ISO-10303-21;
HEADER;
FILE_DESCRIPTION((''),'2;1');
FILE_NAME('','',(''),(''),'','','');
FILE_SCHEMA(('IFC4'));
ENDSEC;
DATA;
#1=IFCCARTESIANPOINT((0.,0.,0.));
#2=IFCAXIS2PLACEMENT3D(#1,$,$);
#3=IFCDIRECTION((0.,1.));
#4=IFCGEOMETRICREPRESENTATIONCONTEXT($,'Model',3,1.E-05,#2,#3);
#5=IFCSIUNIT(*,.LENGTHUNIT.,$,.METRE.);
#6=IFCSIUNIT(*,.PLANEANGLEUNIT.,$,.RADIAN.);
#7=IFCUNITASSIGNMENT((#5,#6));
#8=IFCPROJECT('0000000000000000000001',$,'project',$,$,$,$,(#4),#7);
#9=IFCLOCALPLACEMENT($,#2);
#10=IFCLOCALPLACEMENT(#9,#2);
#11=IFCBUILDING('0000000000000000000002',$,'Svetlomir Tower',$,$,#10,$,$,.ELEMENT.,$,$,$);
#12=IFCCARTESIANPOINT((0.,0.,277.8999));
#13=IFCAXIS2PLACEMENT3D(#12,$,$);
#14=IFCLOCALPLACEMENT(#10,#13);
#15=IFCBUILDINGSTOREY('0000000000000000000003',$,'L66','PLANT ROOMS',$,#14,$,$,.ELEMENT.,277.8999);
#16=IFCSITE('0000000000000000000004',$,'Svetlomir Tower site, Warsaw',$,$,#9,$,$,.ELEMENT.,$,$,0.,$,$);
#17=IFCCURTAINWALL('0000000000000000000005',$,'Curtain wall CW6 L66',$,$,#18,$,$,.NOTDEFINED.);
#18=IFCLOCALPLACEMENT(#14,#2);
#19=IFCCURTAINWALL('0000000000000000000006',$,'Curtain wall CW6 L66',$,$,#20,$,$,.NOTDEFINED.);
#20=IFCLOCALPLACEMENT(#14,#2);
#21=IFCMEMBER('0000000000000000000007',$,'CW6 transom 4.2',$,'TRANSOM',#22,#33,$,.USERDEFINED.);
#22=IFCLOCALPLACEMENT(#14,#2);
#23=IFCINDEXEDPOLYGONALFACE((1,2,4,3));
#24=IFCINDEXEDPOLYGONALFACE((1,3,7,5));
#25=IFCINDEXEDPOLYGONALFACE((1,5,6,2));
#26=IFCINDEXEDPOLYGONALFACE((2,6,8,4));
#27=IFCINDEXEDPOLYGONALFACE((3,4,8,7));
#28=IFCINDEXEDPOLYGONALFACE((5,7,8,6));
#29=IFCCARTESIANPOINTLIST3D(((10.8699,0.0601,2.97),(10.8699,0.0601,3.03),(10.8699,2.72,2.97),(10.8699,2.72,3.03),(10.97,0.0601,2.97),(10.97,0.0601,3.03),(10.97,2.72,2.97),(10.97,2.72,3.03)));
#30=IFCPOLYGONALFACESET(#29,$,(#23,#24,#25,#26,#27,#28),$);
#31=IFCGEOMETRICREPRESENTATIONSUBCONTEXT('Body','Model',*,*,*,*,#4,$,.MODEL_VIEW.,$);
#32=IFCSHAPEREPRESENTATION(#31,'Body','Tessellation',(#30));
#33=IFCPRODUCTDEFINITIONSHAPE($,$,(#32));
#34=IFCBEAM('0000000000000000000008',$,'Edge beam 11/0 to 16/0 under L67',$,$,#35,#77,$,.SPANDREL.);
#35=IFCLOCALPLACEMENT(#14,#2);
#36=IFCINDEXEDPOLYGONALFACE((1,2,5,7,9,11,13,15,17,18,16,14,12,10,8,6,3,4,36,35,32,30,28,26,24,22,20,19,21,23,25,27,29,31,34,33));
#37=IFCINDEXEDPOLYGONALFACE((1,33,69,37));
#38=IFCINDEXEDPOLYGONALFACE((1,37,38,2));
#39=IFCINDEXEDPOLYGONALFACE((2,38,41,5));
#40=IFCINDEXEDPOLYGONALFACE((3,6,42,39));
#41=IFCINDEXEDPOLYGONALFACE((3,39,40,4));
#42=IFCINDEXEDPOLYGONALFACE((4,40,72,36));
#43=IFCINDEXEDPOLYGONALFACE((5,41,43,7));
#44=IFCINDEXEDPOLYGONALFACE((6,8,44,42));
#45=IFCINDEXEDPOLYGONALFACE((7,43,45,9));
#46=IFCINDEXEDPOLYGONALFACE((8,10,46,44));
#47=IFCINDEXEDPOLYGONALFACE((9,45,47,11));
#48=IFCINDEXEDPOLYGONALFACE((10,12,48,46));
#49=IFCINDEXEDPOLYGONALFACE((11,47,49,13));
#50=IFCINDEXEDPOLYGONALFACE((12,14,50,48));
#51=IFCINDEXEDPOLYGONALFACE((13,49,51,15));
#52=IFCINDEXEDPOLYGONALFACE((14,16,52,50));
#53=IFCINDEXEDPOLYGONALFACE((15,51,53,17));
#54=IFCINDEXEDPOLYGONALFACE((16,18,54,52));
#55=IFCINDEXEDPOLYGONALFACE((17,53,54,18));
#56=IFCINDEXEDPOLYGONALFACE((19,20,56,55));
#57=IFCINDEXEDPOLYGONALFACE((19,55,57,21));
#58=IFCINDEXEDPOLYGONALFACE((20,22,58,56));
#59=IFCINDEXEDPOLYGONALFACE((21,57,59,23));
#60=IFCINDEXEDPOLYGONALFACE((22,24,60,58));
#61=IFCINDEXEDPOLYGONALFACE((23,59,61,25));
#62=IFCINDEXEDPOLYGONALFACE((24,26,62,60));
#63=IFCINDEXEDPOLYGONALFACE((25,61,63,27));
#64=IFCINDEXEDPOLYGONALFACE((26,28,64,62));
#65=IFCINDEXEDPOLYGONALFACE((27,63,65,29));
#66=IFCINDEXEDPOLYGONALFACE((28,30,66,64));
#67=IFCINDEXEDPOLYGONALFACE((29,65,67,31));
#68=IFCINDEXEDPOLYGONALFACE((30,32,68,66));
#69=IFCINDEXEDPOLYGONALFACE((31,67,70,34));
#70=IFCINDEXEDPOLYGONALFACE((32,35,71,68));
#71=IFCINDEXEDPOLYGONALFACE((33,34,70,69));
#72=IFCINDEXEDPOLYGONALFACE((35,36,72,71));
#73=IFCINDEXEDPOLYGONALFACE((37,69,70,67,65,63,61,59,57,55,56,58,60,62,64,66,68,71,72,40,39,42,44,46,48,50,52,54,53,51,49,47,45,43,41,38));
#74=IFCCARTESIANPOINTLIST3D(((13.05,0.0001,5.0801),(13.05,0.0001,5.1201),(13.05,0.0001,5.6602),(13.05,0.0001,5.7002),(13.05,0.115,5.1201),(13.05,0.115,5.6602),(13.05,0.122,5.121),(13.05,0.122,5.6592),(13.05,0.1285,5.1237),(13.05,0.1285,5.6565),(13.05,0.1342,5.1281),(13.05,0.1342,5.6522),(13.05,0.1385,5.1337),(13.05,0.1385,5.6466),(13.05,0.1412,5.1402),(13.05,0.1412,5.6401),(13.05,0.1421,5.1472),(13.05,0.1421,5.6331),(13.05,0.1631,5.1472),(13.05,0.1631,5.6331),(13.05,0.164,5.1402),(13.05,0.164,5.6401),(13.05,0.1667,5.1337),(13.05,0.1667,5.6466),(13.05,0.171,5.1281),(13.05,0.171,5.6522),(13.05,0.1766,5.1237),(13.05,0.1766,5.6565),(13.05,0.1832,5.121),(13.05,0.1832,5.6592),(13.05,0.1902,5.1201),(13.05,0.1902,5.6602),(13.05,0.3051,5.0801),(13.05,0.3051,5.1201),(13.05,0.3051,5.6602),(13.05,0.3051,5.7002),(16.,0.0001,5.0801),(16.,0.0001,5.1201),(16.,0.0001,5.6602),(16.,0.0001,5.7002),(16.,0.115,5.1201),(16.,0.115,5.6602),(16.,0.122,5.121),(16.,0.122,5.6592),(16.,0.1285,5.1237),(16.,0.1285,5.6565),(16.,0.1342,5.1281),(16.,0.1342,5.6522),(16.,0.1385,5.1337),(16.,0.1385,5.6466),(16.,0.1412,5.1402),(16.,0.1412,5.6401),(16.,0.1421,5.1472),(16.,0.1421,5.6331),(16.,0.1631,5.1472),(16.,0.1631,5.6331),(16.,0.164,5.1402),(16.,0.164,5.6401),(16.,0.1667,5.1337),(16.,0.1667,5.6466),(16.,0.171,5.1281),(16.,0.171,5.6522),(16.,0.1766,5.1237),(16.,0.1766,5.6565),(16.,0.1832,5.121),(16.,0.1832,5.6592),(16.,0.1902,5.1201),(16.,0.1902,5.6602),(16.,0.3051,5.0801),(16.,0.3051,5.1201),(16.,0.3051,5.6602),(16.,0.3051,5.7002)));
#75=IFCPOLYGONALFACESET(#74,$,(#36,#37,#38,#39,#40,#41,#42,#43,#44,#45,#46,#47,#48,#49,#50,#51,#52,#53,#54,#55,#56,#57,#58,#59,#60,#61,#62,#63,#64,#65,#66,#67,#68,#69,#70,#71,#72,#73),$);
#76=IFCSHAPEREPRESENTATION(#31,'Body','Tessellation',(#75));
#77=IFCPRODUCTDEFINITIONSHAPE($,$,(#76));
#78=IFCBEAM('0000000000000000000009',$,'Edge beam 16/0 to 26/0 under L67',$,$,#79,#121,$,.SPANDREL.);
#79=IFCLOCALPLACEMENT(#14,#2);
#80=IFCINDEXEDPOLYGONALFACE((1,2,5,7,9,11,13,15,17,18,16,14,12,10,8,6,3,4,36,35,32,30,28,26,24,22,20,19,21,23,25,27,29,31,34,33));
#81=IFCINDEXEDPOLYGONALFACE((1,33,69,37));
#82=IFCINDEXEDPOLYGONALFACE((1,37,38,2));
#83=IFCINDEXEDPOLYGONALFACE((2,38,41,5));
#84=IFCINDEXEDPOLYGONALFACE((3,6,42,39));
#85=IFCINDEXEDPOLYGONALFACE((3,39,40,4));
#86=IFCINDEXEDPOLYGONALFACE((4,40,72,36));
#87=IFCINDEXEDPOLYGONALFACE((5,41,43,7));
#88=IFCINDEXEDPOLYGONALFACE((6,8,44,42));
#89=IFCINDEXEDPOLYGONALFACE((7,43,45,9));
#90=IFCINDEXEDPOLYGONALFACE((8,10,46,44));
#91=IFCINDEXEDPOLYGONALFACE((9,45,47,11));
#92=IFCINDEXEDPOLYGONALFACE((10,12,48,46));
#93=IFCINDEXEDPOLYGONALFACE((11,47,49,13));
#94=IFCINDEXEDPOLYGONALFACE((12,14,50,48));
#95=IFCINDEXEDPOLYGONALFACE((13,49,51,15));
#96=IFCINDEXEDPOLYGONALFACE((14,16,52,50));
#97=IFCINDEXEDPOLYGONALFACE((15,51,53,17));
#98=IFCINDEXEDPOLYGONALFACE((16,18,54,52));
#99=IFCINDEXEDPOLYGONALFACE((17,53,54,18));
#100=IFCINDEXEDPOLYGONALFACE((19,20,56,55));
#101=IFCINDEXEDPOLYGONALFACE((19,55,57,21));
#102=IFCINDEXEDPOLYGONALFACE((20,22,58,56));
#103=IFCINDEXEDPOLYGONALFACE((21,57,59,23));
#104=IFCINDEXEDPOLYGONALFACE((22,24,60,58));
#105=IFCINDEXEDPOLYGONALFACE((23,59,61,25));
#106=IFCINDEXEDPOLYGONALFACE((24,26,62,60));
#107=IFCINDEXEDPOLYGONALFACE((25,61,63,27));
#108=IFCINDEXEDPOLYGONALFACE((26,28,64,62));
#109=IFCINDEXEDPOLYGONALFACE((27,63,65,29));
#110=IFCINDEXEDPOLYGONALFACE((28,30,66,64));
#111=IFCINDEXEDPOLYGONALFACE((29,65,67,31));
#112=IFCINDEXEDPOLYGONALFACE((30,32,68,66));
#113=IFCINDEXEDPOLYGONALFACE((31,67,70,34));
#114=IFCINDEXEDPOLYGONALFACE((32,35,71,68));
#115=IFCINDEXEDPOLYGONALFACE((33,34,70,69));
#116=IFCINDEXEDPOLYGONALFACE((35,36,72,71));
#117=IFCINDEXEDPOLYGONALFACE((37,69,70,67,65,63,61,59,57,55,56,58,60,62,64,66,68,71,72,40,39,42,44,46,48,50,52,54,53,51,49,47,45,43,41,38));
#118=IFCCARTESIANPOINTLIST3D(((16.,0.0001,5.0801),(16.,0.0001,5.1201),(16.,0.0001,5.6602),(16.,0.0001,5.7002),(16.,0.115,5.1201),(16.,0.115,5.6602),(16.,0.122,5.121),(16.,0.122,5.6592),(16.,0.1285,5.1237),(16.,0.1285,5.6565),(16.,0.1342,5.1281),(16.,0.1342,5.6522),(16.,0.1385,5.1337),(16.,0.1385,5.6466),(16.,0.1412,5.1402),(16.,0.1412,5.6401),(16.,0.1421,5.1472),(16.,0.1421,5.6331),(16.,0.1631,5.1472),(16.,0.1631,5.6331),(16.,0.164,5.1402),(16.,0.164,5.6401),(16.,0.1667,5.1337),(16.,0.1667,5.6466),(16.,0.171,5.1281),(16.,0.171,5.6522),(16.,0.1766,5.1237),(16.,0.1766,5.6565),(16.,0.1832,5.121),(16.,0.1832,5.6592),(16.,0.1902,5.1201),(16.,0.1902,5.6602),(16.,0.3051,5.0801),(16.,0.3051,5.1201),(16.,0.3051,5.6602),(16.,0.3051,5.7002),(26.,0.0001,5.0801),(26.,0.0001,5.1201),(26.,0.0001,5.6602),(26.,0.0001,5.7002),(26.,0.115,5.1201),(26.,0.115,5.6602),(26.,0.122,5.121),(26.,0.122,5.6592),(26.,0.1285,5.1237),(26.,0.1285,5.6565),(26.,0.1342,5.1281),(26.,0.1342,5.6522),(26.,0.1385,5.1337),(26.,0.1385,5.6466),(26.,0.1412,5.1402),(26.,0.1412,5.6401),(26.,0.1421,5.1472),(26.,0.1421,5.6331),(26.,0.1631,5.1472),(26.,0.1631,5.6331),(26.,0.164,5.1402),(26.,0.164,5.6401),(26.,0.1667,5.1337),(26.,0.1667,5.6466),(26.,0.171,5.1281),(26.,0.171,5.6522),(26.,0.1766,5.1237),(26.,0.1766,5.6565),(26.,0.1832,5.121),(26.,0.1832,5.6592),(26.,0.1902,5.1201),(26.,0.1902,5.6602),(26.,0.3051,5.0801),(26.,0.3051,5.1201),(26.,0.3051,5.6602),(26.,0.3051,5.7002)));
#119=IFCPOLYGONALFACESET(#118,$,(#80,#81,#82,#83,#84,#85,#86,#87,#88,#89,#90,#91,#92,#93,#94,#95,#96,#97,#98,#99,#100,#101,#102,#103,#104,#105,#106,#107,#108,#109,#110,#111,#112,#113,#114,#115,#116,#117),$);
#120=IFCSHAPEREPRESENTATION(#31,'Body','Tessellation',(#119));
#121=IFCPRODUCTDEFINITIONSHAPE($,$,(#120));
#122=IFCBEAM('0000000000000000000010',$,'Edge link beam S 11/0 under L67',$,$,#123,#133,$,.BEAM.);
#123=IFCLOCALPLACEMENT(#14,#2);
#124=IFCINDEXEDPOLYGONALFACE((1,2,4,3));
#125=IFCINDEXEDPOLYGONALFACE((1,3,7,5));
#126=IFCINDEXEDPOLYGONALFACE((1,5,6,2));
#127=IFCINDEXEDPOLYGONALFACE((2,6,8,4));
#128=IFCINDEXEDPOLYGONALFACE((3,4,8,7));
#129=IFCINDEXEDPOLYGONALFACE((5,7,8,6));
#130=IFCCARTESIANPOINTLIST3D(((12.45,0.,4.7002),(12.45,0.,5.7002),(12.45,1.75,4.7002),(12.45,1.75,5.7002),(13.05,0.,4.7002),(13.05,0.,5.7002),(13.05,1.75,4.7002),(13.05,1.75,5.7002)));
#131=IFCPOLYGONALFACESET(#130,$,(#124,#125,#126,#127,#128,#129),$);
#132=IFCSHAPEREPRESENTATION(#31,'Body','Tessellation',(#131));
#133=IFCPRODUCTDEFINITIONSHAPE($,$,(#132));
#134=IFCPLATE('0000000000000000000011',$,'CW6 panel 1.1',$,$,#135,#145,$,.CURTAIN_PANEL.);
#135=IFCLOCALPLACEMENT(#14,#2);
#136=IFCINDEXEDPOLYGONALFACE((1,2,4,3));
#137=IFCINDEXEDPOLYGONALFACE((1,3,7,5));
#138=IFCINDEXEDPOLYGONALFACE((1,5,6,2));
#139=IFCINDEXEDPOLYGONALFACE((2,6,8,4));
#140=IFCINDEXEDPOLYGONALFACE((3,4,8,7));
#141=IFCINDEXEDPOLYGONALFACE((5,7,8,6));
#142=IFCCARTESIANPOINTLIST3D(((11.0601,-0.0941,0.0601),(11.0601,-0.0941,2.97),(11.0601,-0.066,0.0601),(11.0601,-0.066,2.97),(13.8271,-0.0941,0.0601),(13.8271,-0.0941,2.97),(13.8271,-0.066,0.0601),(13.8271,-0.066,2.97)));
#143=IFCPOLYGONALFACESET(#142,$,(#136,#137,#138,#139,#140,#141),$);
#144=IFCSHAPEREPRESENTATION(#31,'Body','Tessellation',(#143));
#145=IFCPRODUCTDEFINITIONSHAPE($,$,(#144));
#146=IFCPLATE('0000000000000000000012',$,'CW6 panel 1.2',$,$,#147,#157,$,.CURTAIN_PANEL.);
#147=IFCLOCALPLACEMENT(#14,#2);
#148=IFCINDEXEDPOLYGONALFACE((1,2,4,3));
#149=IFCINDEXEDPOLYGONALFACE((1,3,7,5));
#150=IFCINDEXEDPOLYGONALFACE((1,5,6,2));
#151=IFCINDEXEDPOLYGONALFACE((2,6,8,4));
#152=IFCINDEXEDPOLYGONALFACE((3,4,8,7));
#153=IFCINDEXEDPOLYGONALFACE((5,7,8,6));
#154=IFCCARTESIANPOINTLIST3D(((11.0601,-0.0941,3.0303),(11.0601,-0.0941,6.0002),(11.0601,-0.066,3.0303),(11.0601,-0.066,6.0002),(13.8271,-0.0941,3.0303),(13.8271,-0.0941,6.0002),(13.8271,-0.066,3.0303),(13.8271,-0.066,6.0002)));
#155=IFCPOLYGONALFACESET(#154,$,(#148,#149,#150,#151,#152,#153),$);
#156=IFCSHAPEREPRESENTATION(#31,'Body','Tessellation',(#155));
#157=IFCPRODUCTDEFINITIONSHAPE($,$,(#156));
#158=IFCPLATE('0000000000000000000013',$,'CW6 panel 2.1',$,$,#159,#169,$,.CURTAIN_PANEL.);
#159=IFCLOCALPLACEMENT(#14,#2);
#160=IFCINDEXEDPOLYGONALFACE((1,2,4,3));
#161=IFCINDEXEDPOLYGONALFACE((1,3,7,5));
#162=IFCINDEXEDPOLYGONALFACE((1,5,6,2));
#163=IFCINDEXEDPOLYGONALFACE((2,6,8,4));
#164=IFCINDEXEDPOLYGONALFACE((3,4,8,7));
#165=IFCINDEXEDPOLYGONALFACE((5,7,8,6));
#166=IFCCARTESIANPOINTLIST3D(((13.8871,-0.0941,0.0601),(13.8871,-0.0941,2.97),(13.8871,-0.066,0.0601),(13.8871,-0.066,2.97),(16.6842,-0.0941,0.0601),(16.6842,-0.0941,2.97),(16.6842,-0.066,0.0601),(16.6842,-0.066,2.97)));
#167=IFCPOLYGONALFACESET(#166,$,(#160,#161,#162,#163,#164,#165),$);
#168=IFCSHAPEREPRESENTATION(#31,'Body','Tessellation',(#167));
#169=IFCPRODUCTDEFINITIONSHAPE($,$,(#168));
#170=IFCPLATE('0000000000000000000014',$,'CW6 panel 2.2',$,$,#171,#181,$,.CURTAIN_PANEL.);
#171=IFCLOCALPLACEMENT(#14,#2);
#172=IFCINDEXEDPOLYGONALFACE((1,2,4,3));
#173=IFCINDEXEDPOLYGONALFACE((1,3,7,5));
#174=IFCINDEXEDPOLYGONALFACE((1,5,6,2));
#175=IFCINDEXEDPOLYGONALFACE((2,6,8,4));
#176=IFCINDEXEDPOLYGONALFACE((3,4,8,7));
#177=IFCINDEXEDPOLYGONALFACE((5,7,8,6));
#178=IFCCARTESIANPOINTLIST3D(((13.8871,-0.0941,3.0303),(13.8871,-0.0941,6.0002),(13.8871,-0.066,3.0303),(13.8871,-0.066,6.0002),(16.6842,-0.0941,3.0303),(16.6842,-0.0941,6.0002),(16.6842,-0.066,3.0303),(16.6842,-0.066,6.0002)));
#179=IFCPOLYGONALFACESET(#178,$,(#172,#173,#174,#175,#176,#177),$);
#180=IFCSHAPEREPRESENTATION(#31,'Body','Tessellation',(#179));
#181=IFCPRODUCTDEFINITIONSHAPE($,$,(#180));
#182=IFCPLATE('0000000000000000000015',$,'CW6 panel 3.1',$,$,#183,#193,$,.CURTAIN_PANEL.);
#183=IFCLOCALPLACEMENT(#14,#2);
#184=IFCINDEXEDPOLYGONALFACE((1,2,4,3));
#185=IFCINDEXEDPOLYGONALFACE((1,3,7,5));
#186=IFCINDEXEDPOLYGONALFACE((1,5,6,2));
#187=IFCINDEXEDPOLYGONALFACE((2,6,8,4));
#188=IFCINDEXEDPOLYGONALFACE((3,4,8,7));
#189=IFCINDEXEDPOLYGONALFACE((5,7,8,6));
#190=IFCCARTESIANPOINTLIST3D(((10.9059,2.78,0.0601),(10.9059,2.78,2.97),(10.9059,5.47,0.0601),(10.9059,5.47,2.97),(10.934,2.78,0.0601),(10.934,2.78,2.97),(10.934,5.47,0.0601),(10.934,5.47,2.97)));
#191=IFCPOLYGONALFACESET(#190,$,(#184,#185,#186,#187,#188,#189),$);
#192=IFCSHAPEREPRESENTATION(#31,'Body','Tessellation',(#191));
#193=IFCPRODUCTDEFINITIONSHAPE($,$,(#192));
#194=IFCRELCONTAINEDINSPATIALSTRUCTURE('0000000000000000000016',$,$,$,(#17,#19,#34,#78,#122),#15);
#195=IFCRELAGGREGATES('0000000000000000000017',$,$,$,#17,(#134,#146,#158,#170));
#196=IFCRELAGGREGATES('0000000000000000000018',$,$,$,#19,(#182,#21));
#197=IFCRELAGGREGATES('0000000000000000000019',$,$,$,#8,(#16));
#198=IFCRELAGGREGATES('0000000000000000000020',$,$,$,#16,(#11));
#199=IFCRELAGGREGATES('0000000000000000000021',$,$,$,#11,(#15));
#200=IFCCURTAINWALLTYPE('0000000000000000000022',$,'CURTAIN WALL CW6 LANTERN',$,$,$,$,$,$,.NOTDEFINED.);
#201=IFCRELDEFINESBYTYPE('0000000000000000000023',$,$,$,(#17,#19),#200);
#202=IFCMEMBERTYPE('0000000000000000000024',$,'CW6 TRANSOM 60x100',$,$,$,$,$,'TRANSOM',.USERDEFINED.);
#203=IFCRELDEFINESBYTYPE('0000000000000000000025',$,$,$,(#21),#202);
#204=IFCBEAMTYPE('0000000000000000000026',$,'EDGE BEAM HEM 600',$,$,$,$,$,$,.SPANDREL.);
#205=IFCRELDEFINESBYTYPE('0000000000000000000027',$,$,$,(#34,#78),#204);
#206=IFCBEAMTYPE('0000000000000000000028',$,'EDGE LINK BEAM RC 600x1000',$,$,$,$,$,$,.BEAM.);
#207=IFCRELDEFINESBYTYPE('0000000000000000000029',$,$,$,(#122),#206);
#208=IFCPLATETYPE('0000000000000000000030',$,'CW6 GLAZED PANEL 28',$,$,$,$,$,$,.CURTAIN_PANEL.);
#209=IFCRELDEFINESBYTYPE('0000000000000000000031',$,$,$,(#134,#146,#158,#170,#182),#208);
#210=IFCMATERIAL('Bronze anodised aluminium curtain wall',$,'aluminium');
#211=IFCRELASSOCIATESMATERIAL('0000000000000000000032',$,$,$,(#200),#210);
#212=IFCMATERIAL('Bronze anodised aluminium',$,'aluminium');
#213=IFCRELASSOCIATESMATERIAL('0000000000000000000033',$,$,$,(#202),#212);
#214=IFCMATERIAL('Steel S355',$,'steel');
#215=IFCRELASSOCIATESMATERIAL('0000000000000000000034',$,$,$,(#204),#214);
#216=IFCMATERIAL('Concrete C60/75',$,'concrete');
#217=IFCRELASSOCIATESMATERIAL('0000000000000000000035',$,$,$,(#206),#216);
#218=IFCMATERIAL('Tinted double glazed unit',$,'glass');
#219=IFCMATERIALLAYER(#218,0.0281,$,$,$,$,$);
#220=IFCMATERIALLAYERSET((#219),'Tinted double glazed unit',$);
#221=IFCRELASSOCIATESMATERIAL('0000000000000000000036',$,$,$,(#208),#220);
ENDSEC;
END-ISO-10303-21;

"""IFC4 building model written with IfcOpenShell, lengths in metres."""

from ifc_helpers import new_model, si_unit, direction, frame, origin, origin_2d, place, context, subcontext, project, spatial, rectangle, i_section, extrude, material, layer, layer_set, material_profile, profile_set, type_object, element, aggregate, save


model = new_model("IFC4")

# Units and contexts
model_context = context("Model", 3, precision=1e-05, world=origin(), true_north=direction((0.0, 1.0)))
body_context = subcontext(model_context, "Body", "Model", "MODEL_VIEW")
ifc_project = project(units=[si_unit("LENGTHUNIT", "METRE"), si_unit("PLANEANGLEUNIT", "RADIAN")], contexts=[model_context])

# Site, building, storey
site_placement = place(None, origin())
site = spatial("IfcSite", under=ifc_project, at=site_placement, Name="Svetlomir Tower site, Warsaw", CompositionType="ELEMENT", RefElevation=0.0)
building_placement = place(site_placement, origin())
building = spatial("IfcBuilding", under=site, at=building_placement, Name="Svetlomir Tower", CompositionType="ELEMENT")
storey_placement = place(building_placement, frame((0.0, 0.0, 277.8999)))
storey = spatial("IfcBuildingStorey", under=building, at=storey_placement, Name="L66", Description="PLANT ROOMS", CompositionType="ELEMENT", Elevation=277.8999)

# Curtain walls
ifc_material_1 = material(Name="Bronze anodised aluminium curtain wall", Category="aluminium")
curtain_wall_type = type_object("IfcCurtainWallType", Name="CURTAIN WALL CW6 LANTERN", PredefinedType="NOTDEFINED", material=ifc_material_1)
curtain_wall_1_placement = place(storey_placement, origin())
curtain_wall_1 = element("IfcCurtainWall", 1, at=curtain_wall_1_placement, inside=storey, type_object=curtain_wall_type, Name="Curtain wall CW6 L66", PredefinedType="NOTDEFINED")
curtain_wall_2_placement = place(storey_placement, origin())
curtain_wall_2 = element("IfcCurtainWall", 2, at=curtain_wall_2_placement, inside=storey, type_object=curtain_wall_type, Name="Curtain wall CW6 L66", PredefinedType="NOTDEFINED")

# Member
ifc_material_2 = material(Name="Bronze anodised aluminium", Category="aluminium")
ifc_material_profile_1 = material_profile(ifc_material_2, rectangle(XDim=0.1001, YDim=0.0601, at=origin_2d()), Name="AL 100x60")
ifc_profile_set_1 = profile_set([ifc_material_profile_1], Name="Bronze anodised aluminium 6063-T6")
member_type_1 = type_object("IfcMemberType", Name="CW6 TRANSOM 60x100", ElementType="TRANSOM", PredefinedType="USERDEFINED", material=ifc_profile_set_1)
member_1_placement = place(storey_placement, frame((10.9199, 2.72, 3.0), z_axis=(0.0, -1.0, 0.0), x_axis=(1.0, 0.0, 0.0)))
member_1 = element("IfcMember", 3, at=member_1_placement, type_object=member_type_1, Name="CW6 transom 4.2", ObjectType="TRANSOM", PredefinedType="USERDEFINED", context=body_context, shape_type="SweptSolid", body=[
    extrude(rectangle(XDim=0.1001, YDim=0.0601, at=origin_2d()), origin(), (0.0, 0.0, 1.0), 2.6599),
])

# Beams
ifc_material_3 = material(Name="Steel S355", Category="steel")
ifc_material_profile_2 = material_profile(ifc_material_3, i_section(OverallWidth=0.3049, OverallDepth=0.6201, WebThickness=0.021, FlangeThickness=0.04, FilletRadius=0.0271, at=origin_2d()), Name="HEM 600")
ifc_profile_set_2 = profile_set([ifc_material_profile_2], Name="Steel S355")
beam_type_1 = type_object("IfcBeamType", Name="EDGE BEAM HEM 600", PredefinedType="SPANDREL", material=ifc_profile_set_2)
beam_1_placement = place(storey_placement, frame((13.05, 0.1526, 5.3901), z_axis=(1.0, 0.0, 0.0), x_axis=(0.0, 1.0, 0.0)))
element("IfcBeam", 4, at=beam_1_placement, inside=storey, type_object=beam_type_1, Name="Edge beam 11/0 to 16/0 under L67", PredefinedType="SPANDREL", context=body_context, shape_type="SweptSolid", body=[
    extrude(i_section(OverallWidth=0.3049, OverallDepth=0.6201, WebThickness=0.021, FlangeThickness=0.04, FilletRadius=0.0271, at=origin_2d()), origin(), (0.0, 0.0, 1.0), 2.95),
])
beam_2_placement = place(storey_placement, frame((16.0, 0.1526, 5.3901), z_axis=(1.0, 0.0, 0.0), x_axis=(0.0, 1.0, 0.0)))
element("IfcBeam", 5, at=beam_2_placement, inside=storey, type_object=beam_type_1, Name="Edge beam 16/0 to 26/0 under L67", PredefinedType="SPANDREL", context=body_context, shape_type="SweptSolid", body=[
    extrude(i_section(OverallWidth=0.3049, OverallDepth=0.6201, WebThickness=0.021, FlangeThickness=0.04, FilletRadius=0.0271, at=origin_2d()), origin(), (0.0, 0.0, 1.0), 10.0),
])
ifc_material_4 = material(Name="Concrete C60/75", Category="concrete")
ifc_material_profile_3 = material_profile(ifc_material_4, rectangle(XDim=0.6001, YDim=1.0, at=origin_2d()), Name="RC 600x1000")
ifc_profile_set_3 = profile_set([ifc_material_profile_3], Name="Concrete C60/75")
beam_type_2 = type_object("IfcBeamType", Name="EDGE LINK BEAM RC 600x1000", PredefinedType="BEAM", material=ifc_profile_set_3)
beam_3_placement = place(storey_placement, frame((12.75, 1.75, 5.2002), z_axis=(0.0, -1.0, 0.0), x_axis=(1.0, 0.0, 0.0)))
element("IfcBeam", 6, at=beam_3_placement, inside=storey, type_object=beam_type_2, Name="Edge link beam S 11/0 under L67", PredefinedType="BEAM", context=body_context, shape_type="SweptSolid", body=[
    extrude(rectangle(XDim=0.6001, YDim=1.0, at=origin_2d()), origin(), (0.0, 0.0, 1.0), 1.75),
])

# Plates
ifc_material_5 = material(Name="Tinted double glazed unit", Category="glass")
ifc_layer = layer(ifc_material_5, 0.0281)
ifc_layer_set = layer_set([ifc_layer], Name="Tinted double glazed unit")
plate_type = type_object("IfcPlateType", Name="CW6 GLAZED PANEL 28", PredefinedType="CURTAIN_PANEL", material=ifc_layer_set)
plate_1_placement = place(storey_placement, frame((12.4436, -0.0801, 0.0601), z_axis=(0.0, 0.0, 1.0), x_axis=(1.0, 0.0, 0.0)))
plate_1 = element("IfcPlate", 7, at=plate_1_placement, type_object=plate_type, Name="CW6 panel 1.1", PredefinedType="CURTAIN_PANEL", context=body_context, shape_type="SweptSolid", body=[
    extrude(rectangle(XDim=2.7671, YDim=0.0281, at=origin_2d()), origin(), (0.0, 0.0, 1.0), 2.9099),
])
plate_2_placement = place(storey_placement, frame((12.4436, -0.0801, 3.0303), z_axis=(0.0, 0.0, 1.0), x_axis=(1.0, 0.0, 0.0)))
plate_2 = element("IfcPlate", 8, at=plate_2_placement, type_object=plate_type, Name="CW6 panel 1.2", PredefinedType="CURTAIN_PANEL", context=body_context, shape_type="SweptSolid", body=[
    extrude(rectangle(XDim=2.7671, YDim=0.0281, at=origin_2d()), origin(), (0.0, 0.0, 1.0), 2.97),
])
plate_3_placement = place(storey_placement, frame((15.2856, -0.0801, 0.0601), z_axis=(0.0, 0.0, 1.0), x_axis=(1.0, 0.0, 0.0)))
plate_3 = element("IfcPlate", 9, at=plate_3_placement, type_object=plate_type, Name="CW6 panel 2.1", PredefinedType="CURTAIN_PANEL", context=body_context, shape_type="SweptSolid", body=[
    extrude(rectangle(XDim=2.7971, YDim=0.0281, at=origin_2d()), origin(), (0.0, 0.0, 1.0), 2.9099),
])
plate_4_placement = place(storey_placement, frame((15.2856, -0.0801, 3.0303), z_axis=(0.0, 0.0, 1.0), x_axis=(1.0, 0.0, 0.0)))
plate_4 = element("IfcPlate", 10, at=plate_4_placement, type_object=plate_type, Name="CW6 panel 2.2", PredefinedType="CURTAIN_PANEL", context=body_context, shape_type="SweptSolid", body=[
    extrude(rectangle(XDim=2.7971, YDim=0.0281, at=origin_2d()), origin(), (0.0, 0.0, 1.0), 2.97),
])
aggregate(curtain_wall_1, [plate_1, plate_2, plate_3, plate_4])
plate_5_placement = place(storey_placement, frame((10.9199, 4.125, 0.0601), z_axis=(0.0, 0.0, 1.0), x_axis=(0.0, -1.0, 0.0)))
plate_5 = element("IfcPlate", 11, at=plate_5_placement, type_object=plate_type, Name="CW6 panel 3.1", PredefinedType="CURTAIN_PANEL", context=body_context, shape_type="SweptSolid", body=[
    extrude(rectangle(XDim=2.6899, YDim=0.0281, at=origin_2d()), origin(), (0.0, 0.0, 1.0), 2.9099),
])
aggregate(curtain_wall_2, [plate_5, member_1])

save(model, "model.ifc")
